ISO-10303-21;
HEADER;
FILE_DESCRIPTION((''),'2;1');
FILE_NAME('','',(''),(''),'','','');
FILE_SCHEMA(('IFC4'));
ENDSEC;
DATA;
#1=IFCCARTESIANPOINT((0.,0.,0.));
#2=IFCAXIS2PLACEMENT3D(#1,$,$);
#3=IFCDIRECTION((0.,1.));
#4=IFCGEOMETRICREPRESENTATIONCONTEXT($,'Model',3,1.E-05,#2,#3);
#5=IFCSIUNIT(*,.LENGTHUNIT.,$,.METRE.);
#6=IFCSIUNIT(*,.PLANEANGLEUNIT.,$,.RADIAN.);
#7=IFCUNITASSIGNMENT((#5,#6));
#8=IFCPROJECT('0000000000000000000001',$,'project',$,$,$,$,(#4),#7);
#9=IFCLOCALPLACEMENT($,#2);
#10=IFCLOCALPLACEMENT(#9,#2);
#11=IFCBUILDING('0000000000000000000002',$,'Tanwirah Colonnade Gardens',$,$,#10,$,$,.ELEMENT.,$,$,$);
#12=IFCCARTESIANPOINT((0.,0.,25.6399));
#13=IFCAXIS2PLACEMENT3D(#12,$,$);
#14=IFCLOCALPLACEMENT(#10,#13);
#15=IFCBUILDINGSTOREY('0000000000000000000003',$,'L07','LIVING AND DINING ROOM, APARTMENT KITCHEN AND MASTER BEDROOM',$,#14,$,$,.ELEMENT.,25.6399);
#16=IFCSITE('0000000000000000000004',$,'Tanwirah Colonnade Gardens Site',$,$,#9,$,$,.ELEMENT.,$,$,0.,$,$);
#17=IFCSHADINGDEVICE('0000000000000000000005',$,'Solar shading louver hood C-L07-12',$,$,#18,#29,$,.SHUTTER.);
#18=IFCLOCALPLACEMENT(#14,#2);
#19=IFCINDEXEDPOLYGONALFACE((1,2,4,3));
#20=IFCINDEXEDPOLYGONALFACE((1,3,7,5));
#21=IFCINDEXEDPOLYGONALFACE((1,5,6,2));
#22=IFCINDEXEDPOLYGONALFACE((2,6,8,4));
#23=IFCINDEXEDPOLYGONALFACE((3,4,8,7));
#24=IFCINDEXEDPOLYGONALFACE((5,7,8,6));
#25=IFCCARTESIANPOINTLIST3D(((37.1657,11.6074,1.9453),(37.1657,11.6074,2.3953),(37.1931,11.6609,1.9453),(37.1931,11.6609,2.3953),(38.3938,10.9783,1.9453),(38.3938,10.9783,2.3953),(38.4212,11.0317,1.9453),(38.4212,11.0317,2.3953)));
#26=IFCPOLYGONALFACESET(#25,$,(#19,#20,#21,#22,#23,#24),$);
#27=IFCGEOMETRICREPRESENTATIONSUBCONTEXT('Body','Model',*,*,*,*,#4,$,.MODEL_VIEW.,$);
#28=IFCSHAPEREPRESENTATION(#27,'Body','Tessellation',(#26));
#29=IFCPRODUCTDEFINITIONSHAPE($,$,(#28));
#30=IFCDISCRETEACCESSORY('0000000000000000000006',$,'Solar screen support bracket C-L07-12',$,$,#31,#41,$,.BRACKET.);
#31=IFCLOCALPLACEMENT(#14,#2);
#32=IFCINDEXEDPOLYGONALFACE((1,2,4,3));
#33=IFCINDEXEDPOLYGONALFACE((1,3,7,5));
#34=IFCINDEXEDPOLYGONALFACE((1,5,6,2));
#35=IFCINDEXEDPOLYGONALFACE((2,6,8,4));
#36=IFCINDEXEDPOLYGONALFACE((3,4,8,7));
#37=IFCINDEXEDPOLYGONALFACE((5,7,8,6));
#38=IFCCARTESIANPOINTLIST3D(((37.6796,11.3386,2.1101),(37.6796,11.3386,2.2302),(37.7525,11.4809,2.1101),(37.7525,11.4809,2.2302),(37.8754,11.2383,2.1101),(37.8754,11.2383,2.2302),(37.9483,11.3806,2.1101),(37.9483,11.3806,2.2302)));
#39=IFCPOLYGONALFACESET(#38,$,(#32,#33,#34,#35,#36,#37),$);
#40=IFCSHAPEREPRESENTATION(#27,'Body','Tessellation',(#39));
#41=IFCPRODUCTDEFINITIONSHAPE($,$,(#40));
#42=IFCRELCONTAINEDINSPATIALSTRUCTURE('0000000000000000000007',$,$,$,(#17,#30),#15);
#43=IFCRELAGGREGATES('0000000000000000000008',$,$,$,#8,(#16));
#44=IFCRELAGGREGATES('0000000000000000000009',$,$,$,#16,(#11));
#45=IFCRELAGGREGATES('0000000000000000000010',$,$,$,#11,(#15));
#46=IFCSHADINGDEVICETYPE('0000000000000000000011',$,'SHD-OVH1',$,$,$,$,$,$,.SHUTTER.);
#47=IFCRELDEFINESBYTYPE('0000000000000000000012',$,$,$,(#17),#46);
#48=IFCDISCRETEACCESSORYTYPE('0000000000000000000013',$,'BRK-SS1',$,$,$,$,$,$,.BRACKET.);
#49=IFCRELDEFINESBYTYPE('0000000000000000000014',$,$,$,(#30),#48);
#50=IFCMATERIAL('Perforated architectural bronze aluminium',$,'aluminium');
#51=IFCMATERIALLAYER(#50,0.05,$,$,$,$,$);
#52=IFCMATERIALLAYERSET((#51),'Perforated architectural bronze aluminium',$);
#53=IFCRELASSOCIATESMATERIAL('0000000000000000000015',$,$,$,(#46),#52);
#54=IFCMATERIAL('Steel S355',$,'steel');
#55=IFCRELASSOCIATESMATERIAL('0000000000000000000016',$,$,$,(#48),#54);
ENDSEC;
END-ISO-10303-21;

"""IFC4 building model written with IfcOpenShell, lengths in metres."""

from ifc_helpers import new_model, si_unit, direction, frame, origin, origin_2d, place, context, subcontext, project, spatial, rectangle, extrude, material, layer, layer_set, type_object, element, save


model = new_model("IFC4")

# Units and contexts
model_context = context("Model", 3, precision=1e-05, world=origin(), true_north=direction((0.0, 1.0)))
body_context = subcontext(model_context, "Body", "Model", "MODEL_VIEW")
ifc_project = project(units=[si_unit("LENGTHUNIT", "METRE"), si_unit("PLANEANGLEUNIT", "RADIAN")], contexts=[model_context])

# Site, building, storey
site_placement = place(None, origin())
site = spatial("IfcSite", under=ifc_project, at=site_placement, Name="Tanwirah Colonnade Gardens Site", CompositionType="ELEMENT", RefElevation=0.0)
building_placement = place(site_placement, origin())
building = spatial("IfcBuilding", under=site, at=building_placement, Name="Tanwirah Colonnade Gardens", CompositionType="ELEMENT")
storey_placement = place(building_placement, frame((0.0, 0.0, 25.6399)))
storey = spatial("IfcBuildingStorey", under=building, at=storey_placement, Name="L07", Description="LIVING AND DINING ROOM, APARTMENT KITCHEN AND MASTER BEDROOM", CompositionType="ELEMENT", Elevation=25.6399)

# Shading device
ifc_material_1 = material(Name="Perforated architectural bronze aluminium", Category="aluminium")
ifc_layer_1 = layer(ifc_material_1, 0.05)
ifc_layer_set_1 = layer_set([ifc_layer_1], Name="Perforated architectural bronze aluminium")
shading_device_type = type_object("IfcShadingDeviceType", Name="SHD-OVH1", PredefinedType="SHUTTER", material=ifc_layer_set_1)
shading_device_placement = place(storey_placement, frame((37.7935, 11.3196, 1.9453), z_axis=(0.0, 0.0, 1.0), x_axis=(0.890015, -0.455932, 0.0)))
element("IfcShadingDevice", 1, at=shading_device_placement, inside=storey, type_object=shading_device_type, Name="Solar shading louver hood C-L07-12", PredefinedType="SHUTTER", context=body_context, shape_type="SweptSolid", body=[
    extrude(rectangle(XDim=1.3799, YDim=0.0601, at=origin_2d()), origin(), (0.0, 0.0, 1.0), 0.45),
])

# Discrete accessory
ifc_material_2 = material(Name="Steel S355", Category="steel")
discrete_accessory_type = type_object("IfcDiscreteAccessoryType", Name="BRK-SS1", PredefinedType="BRACKET", material=ifc_material_2)
discrete_accessory_placement = place(storey_placement, frame((37.814, 11.3596, 2.1101), z_axis=(0.0, 0.0, 1.0), x_axis=(0.890015, -0.455932, 0.0)))
element("IfcDiscreteAccessory", 2, at=discrete_accessory_placement, inside=storey, type_object=discrete_accessory_type, Name="Solar screen support bracket C-L07-12", PredefinedType="BRACKET", context=body_context, shape_type="SweptSolid", body=[
    extrude(rectangle(XDim=0.22, YDim=0.1599, at=origin_2d()), origin(), (0.0, 0.0, 1.0), 0.1201),
])

save(model, "model.ifc")
